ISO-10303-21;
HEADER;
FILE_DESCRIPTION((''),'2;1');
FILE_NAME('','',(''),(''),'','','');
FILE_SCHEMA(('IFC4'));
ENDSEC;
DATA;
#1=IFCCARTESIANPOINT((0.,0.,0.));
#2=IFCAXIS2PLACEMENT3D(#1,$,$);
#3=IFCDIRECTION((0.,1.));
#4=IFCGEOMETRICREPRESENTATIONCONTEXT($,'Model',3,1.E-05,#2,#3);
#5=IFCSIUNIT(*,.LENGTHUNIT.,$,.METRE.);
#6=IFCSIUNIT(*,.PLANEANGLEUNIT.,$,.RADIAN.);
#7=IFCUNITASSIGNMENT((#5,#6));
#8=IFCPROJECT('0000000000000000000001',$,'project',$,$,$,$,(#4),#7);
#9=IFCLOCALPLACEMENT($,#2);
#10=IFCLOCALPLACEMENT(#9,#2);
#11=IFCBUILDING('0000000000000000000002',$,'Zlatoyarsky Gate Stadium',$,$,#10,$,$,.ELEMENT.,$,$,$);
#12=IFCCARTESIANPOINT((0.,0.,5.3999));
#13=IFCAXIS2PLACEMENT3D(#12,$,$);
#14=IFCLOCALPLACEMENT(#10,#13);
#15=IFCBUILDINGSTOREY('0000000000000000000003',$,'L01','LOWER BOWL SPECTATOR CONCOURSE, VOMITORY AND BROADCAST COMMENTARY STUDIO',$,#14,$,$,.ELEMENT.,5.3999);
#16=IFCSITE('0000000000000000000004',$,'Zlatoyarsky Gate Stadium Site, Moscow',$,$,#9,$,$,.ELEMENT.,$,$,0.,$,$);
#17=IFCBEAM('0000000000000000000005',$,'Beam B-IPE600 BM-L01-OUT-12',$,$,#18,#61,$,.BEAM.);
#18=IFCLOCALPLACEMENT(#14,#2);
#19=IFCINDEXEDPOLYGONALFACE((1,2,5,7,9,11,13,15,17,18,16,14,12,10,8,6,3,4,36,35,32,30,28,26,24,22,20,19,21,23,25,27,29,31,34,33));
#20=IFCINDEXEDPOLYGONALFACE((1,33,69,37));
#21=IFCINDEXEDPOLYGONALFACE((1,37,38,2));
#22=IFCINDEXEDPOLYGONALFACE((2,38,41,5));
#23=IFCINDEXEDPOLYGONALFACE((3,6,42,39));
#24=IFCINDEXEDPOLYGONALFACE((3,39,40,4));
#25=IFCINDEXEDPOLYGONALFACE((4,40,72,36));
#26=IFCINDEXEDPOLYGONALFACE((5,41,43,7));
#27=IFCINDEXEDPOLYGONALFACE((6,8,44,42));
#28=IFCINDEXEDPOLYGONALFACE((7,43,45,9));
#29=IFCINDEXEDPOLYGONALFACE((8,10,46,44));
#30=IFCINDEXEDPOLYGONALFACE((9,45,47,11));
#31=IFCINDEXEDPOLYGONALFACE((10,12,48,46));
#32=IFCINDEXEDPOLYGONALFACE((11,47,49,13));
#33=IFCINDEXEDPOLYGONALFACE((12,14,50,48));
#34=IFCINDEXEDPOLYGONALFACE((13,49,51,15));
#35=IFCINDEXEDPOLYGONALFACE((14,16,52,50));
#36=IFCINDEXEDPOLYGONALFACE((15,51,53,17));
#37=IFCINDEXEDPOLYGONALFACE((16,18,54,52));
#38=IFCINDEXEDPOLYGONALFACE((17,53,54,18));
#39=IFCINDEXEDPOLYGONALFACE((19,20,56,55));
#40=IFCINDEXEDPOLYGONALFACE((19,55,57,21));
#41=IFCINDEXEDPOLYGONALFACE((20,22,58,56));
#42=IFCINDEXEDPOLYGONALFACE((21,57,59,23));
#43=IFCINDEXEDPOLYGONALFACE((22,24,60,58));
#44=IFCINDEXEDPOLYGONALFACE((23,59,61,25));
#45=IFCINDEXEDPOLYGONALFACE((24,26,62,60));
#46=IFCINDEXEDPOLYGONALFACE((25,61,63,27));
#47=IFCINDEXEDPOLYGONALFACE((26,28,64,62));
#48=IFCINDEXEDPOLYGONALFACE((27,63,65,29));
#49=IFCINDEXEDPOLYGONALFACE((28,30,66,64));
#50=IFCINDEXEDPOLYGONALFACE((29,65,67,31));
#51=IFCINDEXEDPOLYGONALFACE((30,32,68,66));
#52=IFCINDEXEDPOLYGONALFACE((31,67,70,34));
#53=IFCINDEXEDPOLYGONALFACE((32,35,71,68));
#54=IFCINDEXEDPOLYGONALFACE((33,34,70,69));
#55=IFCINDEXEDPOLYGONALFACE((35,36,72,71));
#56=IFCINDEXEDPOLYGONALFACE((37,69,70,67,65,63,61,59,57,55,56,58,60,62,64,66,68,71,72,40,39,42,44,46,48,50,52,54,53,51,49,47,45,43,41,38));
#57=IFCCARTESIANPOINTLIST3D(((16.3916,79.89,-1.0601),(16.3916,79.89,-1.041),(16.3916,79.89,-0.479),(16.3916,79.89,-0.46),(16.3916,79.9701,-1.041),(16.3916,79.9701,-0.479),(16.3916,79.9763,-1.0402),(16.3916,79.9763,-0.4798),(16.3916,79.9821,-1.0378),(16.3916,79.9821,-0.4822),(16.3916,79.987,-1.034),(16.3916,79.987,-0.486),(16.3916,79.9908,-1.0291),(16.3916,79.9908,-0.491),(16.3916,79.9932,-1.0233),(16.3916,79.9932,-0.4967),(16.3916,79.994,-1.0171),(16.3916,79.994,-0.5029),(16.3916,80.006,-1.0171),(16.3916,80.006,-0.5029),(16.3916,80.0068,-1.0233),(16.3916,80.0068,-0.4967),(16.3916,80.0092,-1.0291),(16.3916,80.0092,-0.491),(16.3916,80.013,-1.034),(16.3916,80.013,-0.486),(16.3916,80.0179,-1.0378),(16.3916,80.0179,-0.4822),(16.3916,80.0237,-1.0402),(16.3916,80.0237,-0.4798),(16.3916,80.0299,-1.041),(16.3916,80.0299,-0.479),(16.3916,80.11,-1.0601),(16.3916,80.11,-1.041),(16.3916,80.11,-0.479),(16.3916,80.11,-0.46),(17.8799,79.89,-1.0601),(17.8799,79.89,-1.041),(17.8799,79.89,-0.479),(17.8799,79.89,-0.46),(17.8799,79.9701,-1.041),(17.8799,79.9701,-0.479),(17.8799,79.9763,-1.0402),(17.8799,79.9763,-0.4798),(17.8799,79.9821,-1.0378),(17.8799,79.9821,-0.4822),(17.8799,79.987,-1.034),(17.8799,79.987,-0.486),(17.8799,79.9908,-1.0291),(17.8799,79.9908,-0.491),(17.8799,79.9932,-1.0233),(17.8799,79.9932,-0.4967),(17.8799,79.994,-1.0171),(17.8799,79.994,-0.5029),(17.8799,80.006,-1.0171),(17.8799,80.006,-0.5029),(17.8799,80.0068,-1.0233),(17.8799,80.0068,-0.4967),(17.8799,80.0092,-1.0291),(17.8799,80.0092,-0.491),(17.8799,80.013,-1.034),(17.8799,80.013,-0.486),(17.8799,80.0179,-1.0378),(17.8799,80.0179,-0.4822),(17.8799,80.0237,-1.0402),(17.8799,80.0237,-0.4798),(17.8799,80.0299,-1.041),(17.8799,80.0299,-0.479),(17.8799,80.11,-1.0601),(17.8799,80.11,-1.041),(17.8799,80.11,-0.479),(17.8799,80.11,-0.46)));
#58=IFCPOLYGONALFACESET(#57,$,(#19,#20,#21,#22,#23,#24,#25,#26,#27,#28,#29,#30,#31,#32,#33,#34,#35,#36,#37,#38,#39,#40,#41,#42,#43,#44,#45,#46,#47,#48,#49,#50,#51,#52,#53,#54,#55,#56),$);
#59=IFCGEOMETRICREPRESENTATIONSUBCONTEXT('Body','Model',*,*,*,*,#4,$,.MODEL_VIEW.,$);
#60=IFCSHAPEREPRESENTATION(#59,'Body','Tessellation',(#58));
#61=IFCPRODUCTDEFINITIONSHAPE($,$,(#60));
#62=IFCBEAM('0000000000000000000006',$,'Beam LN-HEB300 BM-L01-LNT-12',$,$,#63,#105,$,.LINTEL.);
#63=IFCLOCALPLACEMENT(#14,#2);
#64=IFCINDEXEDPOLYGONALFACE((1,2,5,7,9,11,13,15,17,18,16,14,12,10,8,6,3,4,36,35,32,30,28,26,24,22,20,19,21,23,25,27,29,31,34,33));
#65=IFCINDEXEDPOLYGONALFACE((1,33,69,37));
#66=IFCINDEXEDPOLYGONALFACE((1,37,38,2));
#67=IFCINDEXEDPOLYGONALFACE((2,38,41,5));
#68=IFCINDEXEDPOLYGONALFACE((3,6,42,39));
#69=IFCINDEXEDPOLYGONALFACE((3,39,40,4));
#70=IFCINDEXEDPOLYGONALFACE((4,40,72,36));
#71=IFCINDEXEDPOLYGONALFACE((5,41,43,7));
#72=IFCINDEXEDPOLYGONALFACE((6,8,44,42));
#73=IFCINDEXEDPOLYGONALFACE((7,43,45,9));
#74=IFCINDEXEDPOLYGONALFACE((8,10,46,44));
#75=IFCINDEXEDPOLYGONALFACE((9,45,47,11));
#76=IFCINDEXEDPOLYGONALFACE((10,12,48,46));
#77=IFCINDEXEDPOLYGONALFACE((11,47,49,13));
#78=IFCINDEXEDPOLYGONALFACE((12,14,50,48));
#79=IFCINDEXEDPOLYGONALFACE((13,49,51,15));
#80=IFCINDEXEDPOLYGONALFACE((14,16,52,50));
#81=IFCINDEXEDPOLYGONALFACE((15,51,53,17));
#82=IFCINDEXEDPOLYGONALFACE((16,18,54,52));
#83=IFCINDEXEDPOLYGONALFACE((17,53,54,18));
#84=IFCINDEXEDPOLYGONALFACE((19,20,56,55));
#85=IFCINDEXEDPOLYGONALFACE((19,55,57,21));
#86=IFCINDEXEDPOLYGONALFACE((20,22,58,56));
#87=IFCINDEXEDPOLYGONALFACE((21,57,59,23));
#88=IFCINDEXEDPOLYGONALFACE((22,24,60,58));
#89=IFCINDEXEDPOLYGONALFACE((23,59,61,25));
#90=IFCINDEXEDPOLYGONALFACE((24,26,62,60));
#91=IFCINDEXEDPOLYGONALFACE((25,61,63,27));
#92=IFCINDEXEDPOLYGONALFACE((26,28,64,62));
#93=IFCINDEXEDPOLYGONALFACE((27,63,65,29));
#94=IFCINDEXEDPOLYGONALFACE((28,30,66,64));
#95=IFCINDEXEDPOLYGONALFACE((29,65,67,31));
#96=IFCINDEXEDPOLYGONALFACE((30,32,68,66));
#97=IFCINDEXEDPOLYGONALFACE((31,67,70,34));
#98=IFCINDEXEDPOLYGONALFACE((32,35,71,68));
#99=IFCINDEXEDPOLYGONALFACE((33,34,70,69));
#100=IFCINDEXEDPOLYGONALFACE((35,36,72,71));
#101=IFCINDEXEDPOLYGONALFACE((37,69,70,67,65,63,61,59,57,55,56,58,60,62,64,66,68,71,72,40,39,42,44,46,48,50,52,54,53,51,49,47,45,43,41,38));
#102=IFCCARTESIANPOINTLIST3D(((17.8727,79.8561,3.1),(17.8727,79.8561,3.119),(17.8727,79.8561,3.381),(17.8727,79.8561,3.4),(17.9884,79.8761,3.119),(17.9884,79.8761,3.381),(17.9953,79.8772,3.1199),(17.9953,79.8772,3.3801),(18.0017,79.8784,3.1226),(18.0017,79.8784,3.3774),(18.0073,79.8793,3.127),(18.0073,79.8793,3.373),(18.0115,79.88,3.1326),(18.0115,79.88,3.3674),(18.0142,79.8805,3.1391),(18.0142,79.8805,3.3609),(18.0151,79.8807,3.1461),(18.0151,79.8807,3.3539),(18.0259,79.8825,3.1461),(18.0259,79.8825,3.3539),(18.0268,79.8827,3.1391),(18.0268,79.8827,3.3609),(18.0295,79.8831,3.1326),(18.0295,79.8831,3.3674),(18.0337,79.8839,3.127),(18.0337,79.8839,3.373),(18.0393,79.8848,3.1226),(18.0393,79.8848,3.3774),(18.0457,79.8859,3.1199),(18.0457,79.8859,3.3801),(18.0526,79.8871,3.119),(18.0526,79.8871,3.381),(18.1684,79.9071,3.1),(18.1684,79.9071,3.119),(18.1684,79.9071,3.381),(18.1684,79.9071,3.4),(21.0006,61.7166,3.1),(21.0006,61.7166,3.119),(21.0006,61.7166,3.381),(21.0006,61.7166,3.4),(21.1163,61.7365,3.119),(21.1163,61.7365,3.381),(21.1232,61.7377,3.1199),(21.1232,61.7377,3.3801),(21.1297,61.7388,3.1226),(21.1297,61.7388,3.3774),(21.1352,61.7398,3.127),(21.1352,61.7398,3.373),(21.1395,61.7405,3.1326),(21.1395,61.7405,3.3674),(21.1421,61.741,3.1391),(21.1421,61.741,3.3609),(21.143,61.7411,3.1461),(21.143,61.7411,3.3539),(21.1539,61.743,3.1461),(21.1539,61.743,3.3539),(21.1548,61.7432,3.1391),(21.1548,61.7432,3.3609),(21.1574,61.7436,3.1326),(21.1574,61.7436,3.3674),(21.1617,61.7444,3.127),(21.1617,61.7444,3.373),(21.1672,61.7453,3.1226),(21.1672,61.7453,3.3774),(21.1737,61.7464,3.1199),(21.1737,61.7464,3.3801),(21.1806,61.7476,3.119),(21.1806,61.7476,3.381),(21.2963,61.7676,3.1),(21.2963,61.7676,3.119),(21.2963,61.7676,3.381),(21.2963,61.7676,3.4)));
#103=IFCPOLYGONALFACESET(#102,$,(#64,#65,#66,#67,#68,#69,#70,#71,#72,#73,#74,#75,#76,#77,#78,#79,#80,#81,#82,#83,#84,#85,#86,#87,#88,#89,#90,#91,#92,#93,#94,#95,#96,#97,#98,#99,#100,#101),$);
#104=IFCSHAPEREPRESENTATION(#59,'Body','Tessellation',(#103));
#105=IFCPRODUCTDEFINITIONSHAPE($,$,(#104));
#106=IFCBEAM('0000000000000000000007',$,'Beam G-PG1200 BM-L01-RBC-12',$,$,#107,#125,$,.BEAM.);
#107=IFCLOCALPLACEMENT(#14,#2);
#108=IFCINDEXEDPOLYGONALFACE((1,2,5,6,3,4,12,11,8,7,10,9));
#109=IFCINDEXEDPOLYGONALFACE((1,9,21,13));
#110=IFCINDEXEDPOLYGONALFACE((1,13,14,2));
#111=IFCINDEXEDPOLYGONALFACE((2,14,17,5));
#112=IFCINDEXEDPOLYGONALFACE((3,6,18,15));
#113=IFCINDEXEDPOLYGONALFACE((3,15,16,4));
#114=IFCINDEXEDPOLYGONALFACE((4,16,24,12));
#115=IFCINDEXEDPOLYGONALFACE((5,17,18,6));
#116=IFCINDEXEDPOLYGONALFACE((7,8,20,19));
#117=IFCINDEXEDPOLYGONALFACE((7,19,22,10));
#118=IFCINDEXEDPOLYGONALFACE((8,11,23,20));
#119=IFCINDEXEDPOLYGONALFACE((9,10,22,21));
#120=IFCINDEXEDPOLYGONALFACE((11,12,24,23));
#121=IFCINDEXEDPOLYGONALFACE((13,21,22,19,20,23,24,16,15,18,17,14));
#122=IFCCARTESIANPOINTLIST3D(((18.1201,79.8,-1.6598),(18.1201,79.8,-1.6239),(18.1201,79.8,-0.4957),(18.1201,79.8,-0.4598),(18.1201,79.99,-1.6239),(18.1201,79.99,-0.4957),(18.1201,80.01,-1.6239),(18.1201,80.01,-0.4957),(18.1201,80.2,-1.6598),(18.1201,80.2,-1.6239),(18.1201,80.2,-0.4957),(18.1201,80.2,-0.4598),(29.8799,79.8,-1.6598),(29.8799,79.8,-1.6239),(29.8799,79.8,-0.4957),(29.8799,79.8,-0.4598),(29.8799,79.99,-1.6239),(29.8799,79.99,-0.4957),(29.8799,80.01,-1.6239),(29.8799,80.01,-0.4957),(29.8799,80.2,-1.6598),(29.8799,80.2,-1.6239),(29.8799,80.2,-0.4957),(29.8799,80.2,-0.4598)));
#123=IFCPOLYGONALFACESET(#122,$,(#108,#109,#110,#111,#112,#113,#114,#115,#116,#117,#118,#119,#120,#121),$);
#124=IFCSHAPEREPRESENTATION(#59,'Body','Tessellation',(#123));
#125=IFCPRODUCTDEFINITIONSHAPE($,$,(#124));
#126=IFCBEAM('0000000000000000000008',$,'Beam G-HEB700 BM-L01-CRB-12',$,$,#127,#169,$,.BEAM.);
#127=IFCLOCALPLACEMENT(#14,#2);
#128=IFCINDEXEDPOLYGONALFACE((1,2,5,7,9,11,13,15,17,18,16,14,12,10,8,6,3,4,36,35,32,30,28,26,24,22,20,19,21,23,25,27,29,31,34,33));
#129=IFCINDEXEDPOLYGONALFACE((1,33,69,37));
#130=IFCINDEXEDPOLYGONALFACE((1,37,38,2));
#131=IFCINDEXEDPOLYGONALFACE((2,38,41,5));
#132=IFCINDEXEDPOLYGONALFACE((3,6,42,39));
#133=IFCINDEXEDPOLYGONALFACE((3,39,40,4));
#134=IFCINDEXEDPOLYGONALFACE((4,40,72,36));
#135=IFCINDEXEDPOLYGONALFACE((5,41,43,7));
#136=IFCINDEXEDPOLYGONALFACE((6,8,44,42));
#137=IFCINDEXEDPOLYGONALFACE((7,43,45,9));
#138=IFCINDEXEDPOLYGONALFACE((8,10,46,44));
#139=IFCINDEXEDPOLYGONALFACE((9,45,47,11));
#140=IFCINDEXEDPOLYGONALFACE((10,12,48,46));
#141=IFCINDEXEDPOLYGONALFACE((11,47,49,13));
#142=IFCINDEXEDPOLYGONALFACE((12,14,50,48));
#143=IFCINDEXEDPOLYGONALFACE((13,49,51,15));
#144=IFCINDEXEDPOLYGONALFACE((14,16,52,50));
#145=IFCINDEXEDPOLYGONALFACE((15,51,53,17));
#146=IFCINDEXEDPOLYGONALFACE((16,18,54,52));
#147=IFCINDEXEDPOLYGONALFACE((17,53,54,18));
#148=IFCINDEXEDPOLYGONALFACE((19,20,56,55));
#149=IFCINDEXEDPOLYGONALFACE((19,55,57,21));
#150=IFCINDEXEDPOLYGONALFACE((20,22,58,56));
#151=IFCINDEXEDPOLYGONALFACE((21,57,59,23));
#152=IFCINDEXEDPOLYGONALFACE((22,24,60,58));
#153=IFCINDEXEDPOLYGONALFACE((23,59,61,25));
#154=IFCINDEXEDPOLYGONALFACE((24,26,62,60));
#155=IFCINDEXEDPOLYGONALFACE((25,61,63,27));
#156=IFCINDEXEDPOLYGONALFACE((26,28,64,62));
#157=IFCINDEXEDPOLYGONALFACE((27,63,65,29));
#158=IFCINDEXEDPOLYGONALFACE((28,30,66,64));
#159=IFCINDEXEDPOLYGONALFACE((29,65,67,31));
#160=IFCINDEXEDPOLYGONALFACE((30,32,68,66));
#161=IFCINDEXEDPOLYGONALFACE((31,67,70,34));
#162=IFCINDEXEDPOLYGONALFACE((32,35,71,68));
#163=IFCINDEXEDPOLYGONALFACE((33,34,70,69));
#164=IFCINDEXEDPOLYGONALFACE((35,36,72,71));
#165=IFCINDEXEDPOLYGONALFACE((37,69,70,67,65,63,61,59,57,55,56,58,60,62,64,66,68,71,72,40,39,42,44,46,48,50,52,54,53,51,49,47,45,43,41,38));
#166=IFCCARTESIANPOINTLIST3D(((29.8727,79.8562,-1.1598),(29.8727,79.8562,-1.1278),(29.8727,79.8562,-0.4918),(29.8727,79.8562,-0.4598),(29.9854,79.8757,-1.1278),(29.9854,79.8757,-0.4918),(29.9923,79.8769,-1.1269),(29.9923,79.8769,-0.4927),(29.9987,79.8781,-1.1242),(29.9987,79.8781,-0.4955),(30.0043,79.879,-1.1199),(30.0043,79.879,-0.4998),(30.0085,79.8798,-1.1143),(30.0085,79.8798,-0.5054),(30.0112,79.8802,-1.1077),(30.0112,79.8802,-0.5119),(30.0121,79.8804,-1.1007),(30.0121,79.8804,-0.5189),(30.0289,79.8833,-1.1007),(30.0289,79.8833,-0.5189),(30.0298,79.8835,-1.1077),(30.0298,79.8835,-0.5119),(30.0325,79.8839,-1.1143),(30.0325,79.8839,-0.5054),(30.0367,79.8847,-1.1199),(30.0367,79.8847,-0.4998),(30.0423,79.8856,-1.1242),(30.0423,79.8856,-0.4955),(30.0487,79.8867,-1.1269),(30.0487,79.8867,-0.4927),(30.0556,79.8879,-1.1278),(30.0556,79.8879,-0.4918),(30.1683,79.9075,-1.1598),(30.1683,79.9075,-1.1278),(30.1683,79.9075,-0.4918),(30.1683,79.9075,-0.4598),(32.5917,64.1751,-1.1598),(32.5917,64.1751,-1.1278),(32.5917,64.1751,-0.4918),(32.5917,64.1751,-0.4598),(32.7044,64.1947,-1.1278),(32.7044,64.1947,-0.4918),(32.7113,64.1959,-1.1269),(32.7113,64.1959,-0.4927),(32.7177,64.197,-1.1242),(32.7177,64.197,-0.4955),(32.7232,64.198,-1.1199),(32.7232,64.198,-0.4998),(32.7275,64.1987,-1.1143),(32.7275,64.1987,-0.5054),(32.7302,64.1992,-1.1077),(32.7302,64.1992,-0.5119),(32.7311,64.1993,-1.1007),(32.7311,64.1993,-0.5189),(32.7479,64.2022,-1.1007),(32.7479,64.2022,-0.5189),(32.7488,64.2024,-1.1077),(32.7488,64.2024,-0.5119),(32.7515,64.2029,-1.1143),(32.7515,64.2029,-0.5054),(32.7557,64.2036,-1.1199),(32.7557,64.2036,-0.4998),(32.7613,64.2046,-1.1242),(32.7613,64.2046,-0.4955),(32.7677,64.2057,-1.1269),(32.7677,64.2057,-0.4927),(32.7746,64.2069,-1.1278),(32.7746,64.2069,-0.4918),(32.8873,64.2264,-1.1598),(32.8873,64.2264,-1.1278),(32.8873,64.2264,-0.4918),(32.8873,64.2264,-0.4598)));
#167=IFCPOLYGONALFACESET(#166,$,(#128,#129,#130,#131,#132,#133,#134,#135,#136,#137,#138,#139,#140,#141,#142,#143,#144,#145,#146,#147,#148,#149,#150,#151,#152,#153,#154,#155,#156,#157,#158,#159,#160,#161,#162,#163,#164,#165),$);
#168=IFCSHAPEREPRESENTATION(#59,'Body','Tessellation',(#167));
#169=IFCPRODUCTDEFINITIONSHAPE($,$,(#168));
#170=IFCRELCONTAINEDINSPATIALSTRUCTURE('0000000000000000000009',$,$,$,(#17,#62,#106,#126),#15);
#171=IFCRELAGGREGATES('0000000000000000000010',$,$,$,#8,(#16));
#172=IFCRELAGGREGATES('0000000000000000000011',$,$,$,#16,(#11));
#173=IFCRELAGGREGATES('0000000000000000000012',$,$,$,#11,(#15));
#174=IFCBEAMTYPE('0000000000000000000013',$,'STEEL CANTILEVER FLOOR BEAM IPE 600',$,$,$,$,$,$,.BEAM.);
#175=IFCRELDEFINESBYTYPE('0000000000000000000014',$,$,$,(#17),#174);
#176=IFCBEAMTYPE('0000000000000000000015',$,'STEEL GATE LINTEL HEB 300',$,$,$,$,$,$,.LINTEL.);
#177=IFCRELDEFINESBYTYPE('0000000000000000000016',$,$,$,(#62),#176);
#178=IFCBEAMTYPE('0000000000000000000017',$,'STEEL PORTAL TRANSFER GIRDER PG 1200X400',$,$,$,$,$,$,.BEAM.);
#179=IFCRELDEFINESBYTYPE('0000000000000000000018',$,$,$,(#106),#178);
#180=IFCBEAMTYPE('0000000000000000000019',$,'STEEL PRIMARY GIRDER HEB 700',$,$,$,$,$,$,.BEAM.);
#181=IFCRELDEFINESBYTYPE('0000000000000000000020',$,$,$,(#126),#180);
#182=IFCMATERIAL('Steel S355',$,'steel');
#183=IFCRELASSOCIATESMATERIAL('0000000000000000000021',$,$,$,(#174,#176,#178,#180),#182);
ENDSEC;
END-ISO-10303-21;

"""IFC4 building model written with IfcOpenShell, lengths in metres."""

from ifc_helpers import new_model, si_unit, direction, frame, origin, origin_2d, place, context, subcontext, project, spatial, i_section, extrude, material, material_profile, profile_set, type_object, element, save


model = new_model("IFC4")

# Units and contexts
model_context = context("Model", 3, precision=1e-05, world=origin(), true_north=direction((0.0, 1.0)))
body_context = subcontext(model_context, "Body", "Model", "MODEL_VIEW")
ifc_project = project(units=[si_unit("LENGTHUNIT", "METRE"), si_unit("PLANEANGLEUNIT", "RADIAN")], contexts=[model_context])

# Site, building, storey
site_placement = place(None, origin())
site = spatial("IfcSite", under=ifc_project, at=site_placement, Name="Zlatoyarsky Gate Stadium Site, Moscow", CompositionType="ELEMENT", RefElevation=0.0)
building_placement = place(site_placement, origin())
building = spatial("IfcBuilding", under=site, at=building_placement, Name="Zlatoyarsky Gate Stadium", CompositionType="ELEMENT")
storey_placement = place(building_placement, frame((0.0, 0.0, 5.3999)))
storey = spatial("IfcBuildingStorey", under=building, at=storey_placement, Name="L01", Description="LOWER BOWL SPECTATOR CONCOURSE, VOMITORY AND BROADCAST COMMENTARY STUDIO", CompositionType="ELEMENT", Elevation=5.3999)

# Shared definitions
ifc_material_1 = material(Name="Steel S355", Category="steel")

# Beams
ifc_material_profile_1 = material_profile(ifc_material_1, i_section(OverallWidth=0.22, OverallDepth=0.6001, WebThickness=0.012, FlangeThickness=0.019, FilletRadius=0.0239, at=origin_2d()), Name="IPE 600")
ifc_profile_set_1 = profile_set([ifc_material_profile_1], Name="Steel S355")
beam_type_1 = type_object("IfcBeamType", Name="STEEL CANTILEVER FLOOR BEAM IPE 600", PredefinedType="BEAM", material=ifc_profile_set_1)
beam_1_placement = place(storey_placement, frame((17.8799, 80.0, -0.76), z_axis=(-1.0, 0.0, 0.0), x_axis=(0.0, -1.0, 0.0)))
element("IfcBeam", 1, at=beam_1_placement, inside=storey, type_object=beam_type_1, Name="Beam B-IPE600 BM-L01-OUT-12", PredefinedType="BEAM", context=body_context, shape_type="SweptSolid", body=[
    extrude(i_section(OverallWidth=0.22, OverallDepth=0.6001, WebThickness=0.012, FlangeThickness=0.019, FilletRadius=0.0239, at=origin_2d()), origin(), (0.0, 0.0, 1.0), 1.4883),
])
ifc_material_profile_2 = material_profile(ifc_material_1, i_section(OverallWidth=0.3, OverallDepth=0.3, WebThickness=0.011, FlangeThickness=0.019, FilletRadius=0.0271, at=origin_2d()), Name="HEB 300")
ifc_profile_set_2 = profile_set([ifc_material_profile_2], Name="Steel S355")
beam_type_2 = type_object("IfcBeamType", Name="STEEL GATE LINTEL HEB 300", PredefinedType="LINTEL", material=ifc_profile_set_2)
beam_2_placement = place(storey_placement, frame((18.0205, 79.8816, 3.25), z_axis=(0.16993, -0.985456, 0.0), x_axis=(0.985456, 0.16993, 0.0)))
element("IfcBeam", 2, at=beam_2_placement, inside=storey, type_object=beam_type_2, Name="Beam LN-HEB300 BM-L01-LNT-12", PredefinedType="LINTEL", context=body_context, shape_type="SweptSolid", body=[
    extrude(i_section(OverallWidth=0.3, OverallDepth=0.3, WebThickness=0.011, FlangeThickness=0.019, FilletRadius=0.0271, at=origin_2d()), origin(), (0.0, 0.0, 1.0), 18.4072),
])
ifc_material_profile_3 = material_profile(ifc_material_1, i_section(OverallWidth=0.3999, OverallDepth=1.2, WebThickness=0.02, FlangeThickness=0.0359, at=origin_2d()), Name="PG 1200X400")
ifc_profile_set_3 = profile_set([ifc_material_profile_3], Name="Steel S355")
beam_type_3 = type_object("IfcBeamType", Name="STEEL PORTAL TRANSFER GIRDER PG 1200X400", PredefinedType="BEAM", material=ifc_profile_set_3)
beam_3_placement = place(storey_placement, frame((29.8799, 80.0, -1.0598), z_axis=(-1.0, 0.0, 0.0), x_axis=(0.0, -1.0, 0.0)))
element("IfcBeam", 3, at=beam_3_placement, inside=storey, type_object=beam_type_3, Name="Beam G-PG1200 BM-L01-RBC-12", PredefinedType="BEAM", context=body_context, shape_type="SweptSolid", body=[
    extrude(i_section(OverallWidth=0.3999, OverallDepth=1.2, WebThickness=0.02, FlangeThickness=0.0359, at=origin_2d()), origin(), (0.0, 0.0, 1.0), 11.7598),
])
ifc_material_profile_4 = material_profile(ifc_material_1, i_section(OverallWidth=0.3, OverallDepth=0.7, WebThickness=0.0171, FlangeThickness=0.032, FilletRadius=0.0271, at=origin_2d()), Name="HEB 700")
ifc_profile_set_4 = profile_set([ifc_material_profile_4], Name="Steel S355")
beam_type_4 = type_object("IfcBeamType", Name="STEEL PRIMARY GIRDER HEB 700", PredefinedType="BEAM", material=ifc_profile_set_4)
beam_4_placement = place(storey_placement, frame((30.0205, 79.8818, -0.8098), z_axis=(0.170843, -0.985298, 0.0), x_axis=(0.985298, 0.170843, 0.0)))
element("IfcBeam", 4, at=beam_4_placement, inside=storey, type_object=beam_type_4, Name="Beam G-HEB700 BM-L01-CRB-12", PredefinedType="BEAM", context=body_context, shape_type="SweptSolid", body=[
    extrude(i_section(OverallWidth=0.3, OverallDepth=0.7, WebThickness=0.0171, FlangeThickness=0.032, FilletRadius=0.0271, at=origin_2d()), origin(), (0.0, 0.0, 1.0), 15.915),
])

save(model, "model.ifc")
